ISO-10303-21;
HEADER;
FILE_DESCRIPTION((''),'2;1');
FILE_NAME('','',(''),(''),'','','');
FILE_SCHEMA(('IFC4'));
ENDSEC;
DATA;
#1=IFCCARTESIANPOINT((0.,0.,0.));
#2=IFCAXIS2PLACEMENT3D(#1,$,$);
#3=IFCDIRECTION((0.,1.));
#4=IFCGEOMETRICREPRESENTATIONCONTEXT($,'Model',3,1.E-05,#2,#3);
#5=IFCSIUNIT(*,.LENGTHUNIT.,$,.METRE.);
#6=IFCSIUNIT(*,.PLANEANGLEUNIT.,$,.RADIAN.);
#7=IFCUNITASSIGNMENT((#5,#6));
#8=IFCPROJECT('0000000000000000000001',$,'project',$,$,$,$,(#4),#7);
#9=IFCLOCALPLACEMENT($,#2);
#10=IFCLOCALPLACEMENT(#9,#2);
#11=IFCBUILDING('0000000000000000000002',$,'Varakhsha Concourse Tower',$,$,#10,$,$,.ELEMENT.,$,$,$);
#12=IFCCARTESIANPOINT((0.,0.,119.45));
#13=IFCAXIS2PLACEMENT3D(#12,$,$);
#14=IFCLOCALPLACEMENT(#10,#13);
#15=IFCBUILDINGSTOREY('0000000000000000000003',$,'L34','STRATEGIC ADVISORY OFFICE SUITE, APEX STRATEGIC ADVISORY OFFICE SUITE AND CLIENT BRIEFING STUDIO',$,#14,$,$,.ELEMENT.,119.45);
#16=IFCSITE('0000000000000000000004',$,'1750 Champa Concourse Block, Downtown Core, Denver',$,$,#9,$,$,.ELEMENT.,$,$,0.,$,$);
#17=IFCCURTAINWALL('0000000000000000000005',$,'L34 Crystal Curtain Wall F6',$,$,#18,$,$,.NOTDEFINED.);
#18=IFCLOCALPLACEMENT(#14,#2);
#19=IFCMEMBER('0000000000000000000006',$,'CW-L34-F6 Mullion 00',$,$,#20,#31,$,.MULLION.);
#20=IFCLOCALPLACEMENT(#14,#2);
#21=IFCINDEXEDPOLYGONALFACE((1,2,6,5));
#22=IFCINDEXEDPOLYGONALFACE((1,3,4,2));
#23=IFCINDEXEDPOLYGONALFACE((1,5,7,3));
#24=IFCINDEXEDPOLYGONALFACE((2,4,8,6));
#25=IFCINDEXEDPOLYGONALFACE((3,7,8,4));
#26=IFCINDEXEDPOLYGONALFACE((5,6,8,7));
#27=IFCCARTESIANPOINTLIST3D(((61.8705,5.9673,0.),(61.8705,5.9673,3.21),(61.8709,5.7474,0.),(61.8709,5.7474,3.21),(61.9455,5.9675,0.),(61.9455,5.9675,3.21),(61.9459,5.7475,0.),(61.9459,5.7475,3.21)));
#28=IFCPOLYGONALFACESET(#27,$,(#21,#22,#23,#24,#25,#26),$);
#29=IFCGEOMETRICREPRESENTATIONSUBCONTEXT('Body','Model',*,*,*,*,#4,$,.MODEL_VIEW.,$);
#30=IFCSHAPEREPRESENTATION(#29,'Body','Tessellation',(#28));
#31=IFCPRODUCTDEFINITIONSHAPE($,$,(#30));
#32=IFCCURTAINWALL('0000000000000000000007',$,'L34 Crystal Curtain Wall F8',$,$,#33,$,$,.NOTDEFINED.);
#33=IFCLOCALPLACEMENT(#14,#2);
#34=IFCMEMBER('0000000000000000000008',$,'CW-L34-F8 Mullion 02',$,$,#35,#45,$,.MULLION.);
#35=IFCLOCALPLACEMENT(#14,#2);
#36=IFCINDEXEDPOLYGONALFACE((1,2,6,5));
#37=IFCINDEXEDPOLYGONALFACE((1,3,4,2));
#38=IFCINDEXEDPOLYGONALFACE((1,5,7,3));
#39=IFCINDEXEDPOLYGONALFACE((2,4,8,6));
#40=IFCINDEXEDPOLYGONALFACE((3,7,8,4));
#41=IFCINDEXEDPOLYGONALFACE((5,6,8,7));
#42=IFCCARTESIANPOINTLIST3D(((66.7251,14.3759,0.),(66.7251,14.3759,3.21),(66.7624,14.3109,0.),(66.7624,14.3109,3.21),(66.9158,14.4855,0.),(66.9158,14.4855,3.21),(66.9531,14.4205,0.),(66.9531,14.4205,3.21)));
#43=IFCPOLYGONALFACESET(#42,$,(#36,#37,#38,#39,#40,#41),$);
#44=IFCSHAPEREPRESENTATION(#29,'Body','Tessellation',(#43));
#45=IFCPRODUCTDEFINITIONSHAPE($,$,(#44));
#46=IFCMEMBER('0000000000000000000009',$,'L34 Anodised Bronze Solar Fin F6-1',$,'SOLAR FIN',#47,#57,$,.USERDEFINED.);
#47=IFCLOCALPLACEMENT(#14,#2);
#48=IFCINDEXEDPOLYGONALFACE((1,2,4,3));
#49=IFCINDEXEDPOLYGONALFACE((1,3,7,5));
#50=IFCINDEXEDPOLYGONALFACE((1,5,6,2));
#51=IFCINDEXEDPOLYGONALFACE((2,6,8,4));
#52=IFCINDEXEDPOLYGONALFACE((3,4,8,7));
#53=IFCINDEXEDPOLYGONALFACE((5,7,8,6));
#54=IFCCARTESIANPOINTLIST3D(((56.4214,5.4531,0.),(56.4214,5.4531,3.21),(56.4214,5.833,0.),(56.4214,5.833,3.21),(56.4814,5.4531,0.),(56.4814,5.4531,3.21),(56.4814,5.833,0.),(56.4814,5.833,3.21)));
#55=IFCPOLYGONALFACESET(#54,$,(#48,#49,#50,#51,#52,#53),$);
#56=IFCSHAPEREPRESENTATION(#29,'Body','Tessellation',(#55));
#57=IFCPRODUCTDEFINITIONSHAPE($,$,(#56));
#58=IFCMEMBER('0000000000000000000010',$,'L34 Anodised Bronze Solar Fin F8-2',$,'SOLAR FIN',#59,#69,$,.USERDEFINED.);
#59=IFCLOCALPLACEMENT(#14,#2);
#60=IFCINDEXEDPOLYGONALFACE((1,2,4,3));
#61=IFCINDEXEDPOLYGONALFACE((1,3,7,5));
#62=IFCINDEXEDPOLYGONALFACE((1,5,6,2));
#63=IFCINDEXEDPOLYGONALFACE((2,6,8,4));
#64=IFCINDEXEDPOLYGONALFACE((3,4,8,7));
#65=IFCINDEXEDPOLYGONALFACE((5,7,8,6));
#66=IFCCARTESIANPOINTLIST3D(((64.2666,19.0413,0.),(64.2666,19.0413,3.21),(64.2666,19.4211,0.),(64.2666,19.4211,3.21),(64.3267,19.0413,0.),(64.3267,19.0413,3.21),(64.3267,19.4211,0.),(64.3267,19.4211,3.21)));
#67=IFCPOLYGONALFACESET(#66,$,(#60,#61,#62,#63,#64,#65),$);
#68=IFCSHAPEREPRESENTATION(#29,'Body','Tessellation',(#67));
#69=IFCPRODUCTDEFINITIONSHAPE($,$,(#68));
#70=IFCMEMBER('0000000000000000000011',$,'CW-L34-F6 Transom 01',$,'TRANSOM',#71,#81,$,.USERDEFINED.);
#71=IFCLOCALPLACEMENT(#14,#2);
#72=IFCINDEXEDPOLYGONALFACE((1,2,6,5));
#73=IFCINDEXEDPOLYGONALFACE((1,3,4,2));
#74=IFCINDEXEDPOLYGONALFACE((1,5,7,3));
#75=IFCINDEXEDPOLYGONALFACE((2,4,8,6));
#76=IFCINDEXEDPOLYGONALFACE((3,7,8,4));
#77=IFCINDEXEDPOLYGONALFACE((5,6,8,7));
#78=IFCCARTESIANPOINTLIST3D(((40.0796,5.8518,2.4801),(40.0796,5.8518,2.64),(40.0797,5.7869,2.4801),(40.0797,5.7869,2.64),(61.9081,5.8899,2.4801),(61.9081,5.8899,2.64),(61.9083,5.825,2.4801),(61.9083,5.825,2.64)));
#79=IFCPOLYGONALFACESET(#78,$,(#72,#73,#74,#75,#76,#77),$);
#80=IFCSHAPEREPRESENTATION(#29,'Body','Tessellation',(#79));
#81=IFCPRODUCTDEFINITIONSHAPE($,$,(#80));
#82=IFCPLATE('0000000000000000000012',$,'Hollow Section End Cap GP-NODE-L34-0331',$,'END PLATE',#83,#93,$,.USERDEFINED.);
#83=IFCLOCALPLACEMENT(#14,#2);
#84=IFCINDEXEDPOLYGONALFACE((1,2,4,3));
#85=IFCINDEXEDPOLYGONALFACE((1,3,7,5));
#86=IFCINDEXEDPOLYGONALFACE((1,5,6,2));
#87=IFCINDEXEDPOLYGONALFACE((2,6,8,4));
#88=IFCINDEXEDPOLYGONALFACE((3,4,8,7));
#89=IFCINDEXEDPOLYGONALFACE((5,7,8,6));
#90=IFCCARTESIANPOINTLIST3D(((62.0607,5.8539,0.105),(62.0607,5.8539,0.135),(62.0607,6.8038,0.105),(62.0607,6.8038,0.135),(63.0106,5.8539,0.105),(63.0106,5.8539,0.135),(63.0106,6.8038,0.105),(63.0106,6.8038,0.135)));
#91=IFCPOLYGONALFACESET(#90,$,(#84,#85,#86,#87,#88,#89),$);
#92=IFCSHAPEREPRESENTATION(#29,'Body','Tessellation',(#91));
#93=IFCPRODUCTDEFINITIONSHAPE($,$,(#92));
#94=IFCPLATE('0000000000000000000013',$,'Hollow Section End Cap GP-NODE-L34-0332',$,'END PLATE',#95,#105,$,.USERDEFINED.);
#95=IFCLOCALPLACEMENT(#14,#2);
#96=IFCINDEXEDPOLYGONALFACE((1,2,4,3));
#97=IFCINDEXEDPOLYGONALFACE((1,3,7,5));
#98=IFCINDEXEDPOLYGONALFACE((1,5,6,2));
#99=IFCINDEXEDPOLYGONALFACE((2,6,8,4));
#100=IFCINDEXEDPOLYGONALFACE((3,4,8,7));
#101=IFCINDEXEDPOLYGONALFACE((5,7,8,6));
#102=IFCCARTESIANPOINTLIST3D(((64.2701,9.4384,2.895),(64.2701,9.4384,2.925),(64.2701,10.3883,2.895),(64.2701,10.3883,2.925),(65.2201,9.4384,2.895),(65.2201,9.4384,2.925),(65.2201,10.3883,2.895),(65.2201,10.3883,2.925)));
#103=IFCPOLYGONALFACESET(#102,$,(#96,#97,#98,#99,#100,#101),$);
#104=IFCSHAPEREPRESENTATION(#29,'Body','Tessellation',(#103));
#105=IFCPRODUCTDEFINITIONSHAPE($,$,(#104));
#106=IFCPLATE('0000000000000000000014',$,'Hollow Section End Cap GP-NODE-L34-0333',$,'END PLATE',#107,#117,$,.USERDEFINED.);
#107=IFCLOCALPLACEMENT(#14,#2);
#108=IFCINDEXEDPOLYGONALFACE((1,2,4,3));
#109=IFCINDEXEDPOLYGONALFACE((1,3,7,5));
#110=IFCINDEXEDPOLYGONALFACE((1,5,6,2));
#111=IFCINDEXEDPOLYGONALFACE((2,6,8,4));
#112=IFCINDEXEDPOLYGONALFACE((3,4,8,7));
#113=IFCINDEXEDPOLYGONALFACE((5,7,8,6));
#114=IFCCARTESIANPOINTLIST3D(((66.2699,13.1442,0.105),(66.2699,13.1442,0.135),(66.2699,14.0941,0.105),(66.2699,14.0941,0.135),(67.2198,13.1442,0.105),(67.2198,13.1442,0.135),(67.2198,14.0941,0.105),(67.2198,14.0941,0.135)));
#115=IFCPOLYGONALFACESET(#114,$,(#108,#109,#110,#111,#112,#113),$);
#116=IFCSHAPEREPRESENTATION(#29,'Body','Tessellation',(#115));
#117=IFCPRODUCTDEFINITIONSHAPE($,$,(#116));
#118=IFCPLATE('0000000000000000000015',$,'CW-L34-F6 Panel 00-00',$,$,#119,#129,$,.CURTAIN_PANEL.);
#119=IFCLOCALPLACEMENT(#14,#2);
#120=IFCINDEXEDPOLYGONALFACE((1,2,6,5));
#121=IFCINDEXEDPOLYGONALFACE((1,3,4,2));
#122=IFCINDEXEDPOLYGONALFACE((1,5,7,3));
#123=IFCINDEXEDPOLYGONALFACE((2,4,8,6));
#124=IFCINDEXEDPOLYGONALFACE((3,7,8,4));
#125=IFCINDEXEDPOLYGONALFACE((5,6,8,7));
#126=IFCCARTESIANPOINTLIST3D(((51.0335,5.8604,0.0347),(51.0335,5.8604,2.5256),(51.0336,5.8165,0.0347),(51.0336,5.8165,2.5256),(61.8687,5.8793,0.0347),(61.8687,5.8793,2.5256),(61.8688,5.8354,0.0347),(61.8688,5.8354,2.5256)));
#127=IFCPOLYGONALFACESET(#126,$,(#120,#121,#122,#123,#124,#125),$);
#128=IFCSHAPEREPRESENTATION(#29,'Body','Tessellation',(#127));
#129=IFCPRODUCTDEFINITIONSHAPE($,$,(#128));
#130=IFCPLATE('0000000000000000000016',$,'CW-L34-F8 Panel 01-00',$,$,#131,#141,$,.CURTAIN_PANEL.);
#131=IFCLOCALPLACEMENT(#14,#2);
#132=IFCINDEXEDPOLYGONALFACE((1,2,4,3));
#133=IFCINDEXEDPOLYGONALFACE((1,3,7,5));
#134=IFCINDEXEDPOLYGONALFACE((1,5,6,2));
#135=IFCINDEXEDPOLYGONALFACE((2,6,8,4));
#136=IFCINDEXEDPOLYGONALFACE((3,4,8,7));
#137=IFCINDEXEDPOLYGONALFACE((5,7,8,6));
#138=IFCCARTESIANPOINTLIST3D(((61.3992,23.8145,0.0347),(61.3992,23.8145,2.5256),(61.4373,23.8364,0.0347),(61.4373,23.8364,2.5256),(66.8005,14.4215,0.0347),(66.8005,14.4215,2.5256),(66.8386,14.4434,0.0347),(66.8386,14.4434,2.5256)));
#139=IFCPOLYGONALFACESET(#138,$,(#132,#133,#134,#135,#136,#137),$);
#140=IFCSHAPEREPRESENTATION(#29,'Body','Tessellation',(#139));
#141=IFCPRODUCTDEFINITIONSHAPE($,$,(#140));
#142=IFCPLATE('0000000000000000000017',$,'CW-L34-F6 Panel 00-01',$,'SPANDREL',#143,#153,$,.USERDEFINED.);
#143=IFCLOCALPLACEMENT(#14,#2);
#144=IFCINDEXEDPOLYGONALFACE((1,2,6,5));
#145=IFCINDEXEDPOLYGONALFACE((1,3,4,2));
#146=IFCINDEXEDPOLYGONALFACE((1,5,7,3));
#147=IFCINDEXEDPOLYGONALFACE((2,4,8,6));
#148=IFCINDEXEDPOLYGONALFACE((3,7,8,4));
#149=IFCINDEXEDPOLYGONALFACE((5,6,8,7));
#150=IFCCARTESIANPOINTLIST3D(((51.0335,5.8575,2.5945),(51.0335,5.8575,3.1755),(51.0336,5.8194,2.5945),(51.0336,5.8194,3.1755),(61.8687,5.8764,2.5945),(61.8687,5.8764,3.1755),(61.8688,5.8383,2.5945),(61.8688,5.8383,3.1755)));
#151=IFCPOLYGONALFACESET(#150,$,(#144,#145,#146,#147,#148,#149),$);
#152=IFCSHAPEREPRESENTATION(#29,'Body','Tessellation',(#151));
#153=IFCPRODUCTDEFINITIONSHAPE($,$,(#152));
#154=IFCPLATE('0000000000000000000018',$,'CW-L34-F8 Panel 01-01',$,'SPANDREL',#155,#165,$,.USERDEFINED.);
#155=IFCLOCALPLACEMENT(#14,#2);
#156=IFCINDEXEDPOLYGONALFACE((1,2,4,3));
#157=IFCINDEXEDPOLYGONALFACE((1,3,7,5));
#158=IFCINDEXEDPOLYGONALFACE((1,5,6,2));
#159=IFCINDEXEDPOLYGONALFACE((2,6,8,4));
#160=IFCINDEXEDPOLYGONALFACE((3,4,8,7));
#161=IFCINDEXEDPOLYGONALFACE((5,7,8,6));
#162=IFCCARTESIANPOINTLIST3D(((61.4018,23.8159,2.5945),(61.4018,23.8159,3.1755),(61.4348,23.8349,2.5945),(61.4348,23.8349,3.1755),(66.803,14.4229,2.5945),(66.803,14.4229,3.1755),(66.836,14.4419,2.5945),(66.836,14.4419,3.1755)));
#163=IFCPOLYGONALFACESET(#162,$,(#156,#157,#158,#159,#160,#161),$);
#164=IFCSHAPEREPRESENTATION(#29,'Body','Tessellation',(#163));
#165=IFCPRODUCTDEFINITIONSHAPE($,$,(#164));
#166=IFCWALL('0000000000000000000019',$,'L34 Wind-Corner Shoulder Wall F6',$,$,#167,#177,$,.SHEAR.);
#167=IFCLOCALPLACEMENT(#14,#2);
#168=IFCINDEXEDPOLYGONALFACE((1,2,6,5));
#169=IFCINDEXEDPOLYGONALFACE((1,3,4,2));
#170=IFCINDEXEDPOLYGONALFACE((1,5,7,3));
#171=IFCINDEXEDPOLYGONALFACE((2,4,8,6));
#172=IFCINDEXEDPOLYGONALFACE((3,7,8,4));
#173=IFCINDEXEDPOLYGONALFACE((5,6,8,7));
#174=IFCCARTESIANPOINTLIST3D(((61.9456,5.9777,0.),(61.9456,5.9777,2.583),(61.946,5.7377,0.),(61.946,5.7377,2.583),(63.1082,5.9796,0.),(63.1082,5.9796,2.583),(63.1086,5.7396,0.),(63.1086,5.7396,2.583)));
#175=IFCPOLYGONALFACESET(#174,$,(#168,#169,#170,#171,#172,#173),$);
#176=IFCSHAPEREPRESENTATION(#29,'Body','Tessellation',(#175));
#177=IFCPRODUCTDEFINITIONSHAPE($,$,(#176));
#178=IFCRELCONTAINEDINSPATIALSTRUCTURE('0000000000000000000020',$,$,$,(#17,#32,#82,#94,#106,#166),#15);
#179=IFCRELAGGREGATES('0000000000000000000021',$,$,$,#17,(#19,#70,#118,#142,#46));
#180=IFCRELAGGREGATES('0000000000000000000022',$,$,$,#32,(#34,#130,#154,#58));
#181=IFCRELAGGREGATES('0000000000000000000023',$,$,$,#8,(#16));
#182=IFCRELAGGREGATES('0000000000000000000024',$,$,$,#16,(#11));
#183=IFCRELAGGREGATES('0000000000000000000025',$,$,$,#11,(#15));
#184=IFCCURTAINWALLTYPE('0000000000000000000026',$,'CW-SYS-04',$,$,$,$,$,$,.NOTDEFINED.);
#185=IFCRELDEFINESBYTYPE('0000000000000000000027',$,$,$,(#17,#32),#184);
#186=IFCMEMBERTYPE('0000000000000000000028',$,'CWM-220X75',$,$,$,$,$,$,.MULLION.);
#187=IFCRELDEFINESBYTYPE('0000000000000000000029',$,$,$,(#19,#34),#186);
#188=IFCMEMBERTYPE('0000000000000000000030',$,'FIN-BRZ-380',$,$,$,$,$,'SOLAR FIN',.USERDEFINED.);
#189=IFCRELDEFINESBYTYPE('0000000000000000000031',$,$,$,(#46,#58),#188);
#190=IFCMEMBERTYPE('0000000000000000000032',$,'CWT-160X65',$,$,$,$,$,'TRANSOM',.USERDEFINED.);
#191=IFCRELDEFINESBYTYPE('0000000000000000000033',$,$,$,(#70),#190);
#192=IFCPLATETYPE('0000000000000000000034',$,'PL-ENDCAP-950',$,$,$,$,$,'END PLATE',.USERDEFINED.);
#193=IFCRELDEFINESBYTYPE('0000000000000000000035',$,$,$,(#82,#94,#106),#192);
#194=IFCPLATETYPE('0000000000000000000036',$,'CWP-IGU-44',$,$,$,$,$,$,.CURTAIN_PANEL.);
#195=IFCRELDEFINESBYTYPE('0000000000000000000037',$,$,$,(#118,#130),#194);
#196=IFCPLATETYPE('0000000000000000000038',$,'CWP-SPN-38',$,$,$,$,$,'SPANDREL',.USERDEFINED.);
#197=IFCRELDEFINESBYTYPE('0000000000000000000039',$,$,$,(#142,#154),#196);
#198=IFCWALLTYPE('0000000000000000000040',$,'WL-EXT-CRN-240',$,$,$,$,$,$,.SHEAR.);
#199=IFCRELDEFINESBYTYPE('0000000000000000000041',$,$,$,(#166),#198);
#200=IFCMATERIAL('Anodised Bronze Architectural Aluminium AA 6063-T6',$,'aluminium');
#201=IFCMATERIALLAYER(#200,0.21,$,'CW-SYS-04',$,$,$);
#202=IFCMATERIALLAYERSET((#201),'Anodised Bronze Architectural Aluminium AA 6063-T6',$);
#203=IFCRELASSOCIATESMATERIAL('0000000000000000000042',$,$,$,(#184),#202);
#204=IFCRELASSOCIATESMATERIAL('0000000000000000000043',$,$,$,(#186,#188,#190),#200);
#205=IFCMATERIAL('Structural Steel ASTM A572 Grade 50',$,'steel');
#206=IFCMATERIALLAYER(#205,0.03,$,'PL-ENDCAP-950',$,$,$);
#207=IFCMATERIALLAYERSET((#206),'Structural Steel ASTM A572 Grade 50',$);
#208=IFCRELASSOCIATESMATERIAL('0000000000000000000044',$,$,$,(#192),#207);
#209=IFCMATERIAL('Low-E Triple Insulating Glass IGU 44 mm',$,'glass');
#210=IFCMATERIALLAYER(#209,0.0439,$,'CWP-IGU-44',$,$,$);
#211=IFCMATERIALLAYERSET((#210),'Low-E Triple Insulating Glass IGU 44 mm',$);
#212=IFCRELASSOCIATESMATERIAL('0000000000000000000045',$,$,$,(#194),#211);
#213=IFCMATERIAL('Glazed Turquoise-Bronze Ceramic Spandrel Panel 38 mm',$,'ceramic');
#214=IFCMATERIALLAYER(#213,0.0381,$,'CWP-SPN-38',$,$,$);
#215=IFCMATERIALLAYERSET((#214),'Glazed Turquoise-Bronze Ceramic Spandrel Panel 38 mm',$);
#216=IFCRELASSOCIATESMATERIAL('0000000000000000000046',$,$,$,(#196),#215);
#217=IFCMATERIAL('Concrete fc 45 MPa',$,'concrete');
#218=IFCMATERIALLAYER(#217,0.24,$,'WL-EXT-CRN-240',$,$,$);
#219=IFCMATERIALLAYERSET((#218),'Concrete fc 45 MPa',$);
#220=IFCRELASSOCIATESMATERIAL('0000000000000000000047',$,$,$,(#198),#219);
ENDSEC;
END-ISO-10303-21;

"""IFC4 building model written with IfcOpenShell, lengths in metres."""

from ifc_helpers import new_model, si_unit, direction, frame, frame_2d, origin, origin_2d, place, context, subcontext, project, spatial, rectangle, extrude, source, transform, mapped, material, layer, layer_set, material_profile, profile_set, type_object, type_shapes, element, aggregate, save


model = new_model("IFC4")

# Units and contexts
model_context = context("Model", 3, precision=1e-05, world=origin(), true_north=direction((0.0, 1.0)))
body_context = subcontext(model_context, "Body", "Model", "MODEL_VIEW")
ifc_project = project(units=[si_unit("LENGTHUNIT", "METRE"), si_unit("PLANEANGLEUNIT", "RADIAN")], contexts=[model_context])

# Site, building, storey
site_placement = place(None, origin())
site = spatial("IfcSite", under=ifc_project, at=site_placement, Name="1750 Champa Concourse Block, Downtown Core, Denver", CompositionType="ELEMENT", RefElevation=0.0)
building_placement = place(site_placement, origin())
building = spatial("IfcBuilding", under=site, at=building_placement, Name="Varakhsha Concourse Tower", CompositionType="ELEMENT")
storey_placement = place(building_placement, frame((0.0, 0.0, 119.45)))
storey = spatial("IfcBuildingStorey", under=building, at=storey_placement, Name="L34", Description="STRATEGIC ADVISORY OFFICE SUITE, APEX STRATEGIC ADVISORY OFFICE SUITE AND CLIENT BRIEFING STUDIO", CompositionType="ELEMENT", Elevation=119.45)

# Shared definitions
ifc_material_1 = material(Name="Structural Steel ASTM A572 Grade 50", Category="steel")

# Curtain walls, members
ifc_material_2 = material(Name="Anodised Bronze Architectural Aluminium AA 6063-T6", Category="aluminium")
ifc_layer_1 = layer(ifc_material_2, 0.21, Name="CW-SYS-04")
ifc_layer_set_1 = layer_set([ifc_layer_1], Name="Anodised Bronze Architectural Aluminium AA 6063-T6")
curtain_wall_type = type_object("IfcCurtainWallType", Name="CW-SYS-04", PredefinedType="NOTDEFINED", material=ifc_layer_set_1)
curtain_wall_1_placement = place(storey_placement, origin())
curtain_wall_1 = element("IfcCurtainWall", 1, at=curtain_wall_1_placement, inside=storey, type_object=curtain_wall_type, Name="L34 Crystal Curtain Wall F6", PredefinedType="NOTDEFINED")
ifc_material_profile_1 = material_profile(ifc_material_2, rectangle(XDim=0.075, YDim=0.22, at=origin_2d()), Name="CWM-220X75")
ifc_profile_set_1 = profile_set([ifc_material_profile_1], Name="Anodised Bronze Architectural Aluminium AA 6063-T6")
member_type_1 = type_object("IfcMemberType", Name="CWM-220X75", PredefinedType="MULLION", material=ifc_profile_set_1)
shared_shape_1 = source(origin(), body_context, "Body", "SweptSolid", [
    extrude(rectangle(XDim=0.075, YDim=0.22, at=origin_2d()), origin(), (0.0, 0.0, 1.0), 3.21),
])
type_shapes(member_type_1, [shared_shape_1])
member_1_placement = place(storey_placement, frame((61.9082, 5.8574, 0.0), z_axis=(0.0, 0.0, 1.0), x_axis=(-0.999998, -0.001745, 0.0)))
member_1 = element("IfcMember", 2, at=member_1_placement, type_object=member_type_1, Name="CW-L34-F6 Mullion 00", PredefinedType="MULLION", context=body_context, shape_type="MappedRepresentation", body=[
    mapped(shared_shape_1, transform((0.0, 0.0, 0.0), scale=1.0)),
])
curtain_wall_2_placement = place(storey_placement, origin())
curtain_wall_2 = element("IfcCurtainWall", 3, at=curtain_wall_2_placement, inside=storey, type_object=curtain_wall_type, Name="L34 Crystal Curtain Wall F8", PredefinedType="NOTDEFINED")
member_2_placement = place(storey_placement, frame((66.8391, 14.3982, 0.0), z_axis=(0.0, 0.0, 1.0), x_axis=(0.498489, -0.866896, 0.0)))
member_2 = element("IfcMember", 4, at=member_2_placement, type_object=member_type_1, Name="CW-L34-F8 Mullion 02", PredefinedType="MULLION", context=body_context, shape_type="MappedRepresentation", body=[
    mapped(shared_shape_1, transform((0.0, 0.0, 0.0), scale=1.0)),
])

# Members
ifc_material_profile_2 = material_profile(ifc_material_2, rectangle(XDim=0.0601, YDim=0.3799, at=origin_2d()), Name="FIN-BRZ-380")
ifc_profile_set_2 = profile_set([ifc_material_profile_2], Name="Anodised Bronze Architectural Aluminium AA 6063-T6")
member_type_2 = type_object("IfcMemberType", Name="FIN-BRZ-380", ElementType="SOLAR FIN", PredefinedType="USERDEFINED", material=ifc_profile_set_2)
shared_shape_2 = source(origin(), body_context, "Body", "SweptSolid", [
    extrude(rectangle(XDim=0.0601, YDim=0.3799, at=origin_2d()), origin(), (0.0, 0.0, 1.0), 3.21),
])
type_shapes(member_type_2, [shared_shape_2])
member_3_placement = place(storey_placement, frame((56.4514, 5.6431, 0.0), z_axis=(0.0, 0.0, 1.0), x_axis=(1.0, 0.0, 0.0)))
member_3 = element("IfcMember", 5, at=member_3_placement, type_object=member_type_2, Name="L34 Anodised Bronze Solar Fin F6-1", ObjectType="SOLAR FIN", PredefinedType="USERDEFINED", context=body_context, shape_type="MappedRepresentation", body=[
    mapped(shared_shape_2, transform((0.0, 0.0, 0.0), scale=1.0)),
])
member_4_placement = place(storey_placement, frame((64.2966, 19.2312, 0.0), z_axis=(0.0, 0.0, 1.0), x_axis=(1.0, 0.0, 0.0)))
member_4 = element("IfcMember", 6, at=member_4_placement, type_object=member_type_2, Name="L34 Anodised Bronze Solar Fin F8-2", ObjectType="SOLAR FIN", PredefinedType="USERDEFINED", context=body_context, shape_type="MappedRepresentation", body=[
    mapped(shared_shape_2, transform((0.0, 0.0, 0.0), scale=1.0)),
])
ifc_material_profile_3 = material_profile(ifc_material_2, rectangle(XDim=0.0649, YDim=0.1599, at=origin_2d()), Name="CWT-160X65")
ifc_profile_set_3 = profile_set([ifc_material_profile_3], Name="Anodised Bronze Architectural Aluminium AA 6063-T6")
member_type_3 = type_object("IfcMemberType", Name="CWT-160X65", ElementType="TRANSOM", PredefinedType="USERDEFINED", material=ifc_profile_set_3)
shared_shape_3 = source(origin(), body_context, "Body", "SweptSolid", [
    extrude(rectangle(XDim=0.0649, YDim=0.1599, at=origin_2d()), origin(), (0.0, 0.0, 1.0), 21.8286),
])
type_shapes(member_type_3, [shared_shape_3])
member_5_placement = place(storey_placement, frame((61.9082, 5.8574, 2.5601), z_axis=(-0.999998, -0.001745, 0.0), x_axis=(0.001745, -0.999998, 0.0)))
member_5 = element("IfcMember", 7, at=member_5_placement, type_object=member_type_3, Name="CW-L34-F6 Transom 01", ObjectType="TRANSOM", PredefinedType="USERDEFINED", context=body_context, shape_type="MappedRepresentation", body=[
    mapped(shared_shape_3, transform((0.0, 0.0, 0.0), scale=1.0)),
])

# Plates
ifc_layer_2 = layer(ifc_material_1, 0.03, Name="PL-ENDCAP-950")
ifc_layer_set_2 = layer_set([ifc_layer_2], Name="Structural Steel ASTM A572 Grade 50")
plate_type_1 = type_object("IfcPlateType", Name="PL-ENDCAP-950", ElementType="END PLATE", PredefinedType="USERDEFINED", material=ifc_layer_set_2)
shared_shape_4 = source(origin(), body_context, "Body", "SweptSolid", [
    extrude(rectangle(XDim=0.95, YDim=0.95, at=origin_2d()), origin(), (0.0, 0.0, 1.0), 0.03),
])
type_shapes(plate_type_1, [shared_shape_4])
for number, where, z_axis, x_axis, name in (
    (8, (62.5356, 6.3289, 0.105), (0.0, 0.0, 1.0), (1.0, 0.0, 0.0), "Hollow Section End Cap GP-NODE-L34-0331"),
    (9, (64.7451, 9.9133, 2.895), (0.0, 0.0, 1.0), (1.0, 0.0, 0.0), "Hollow Section End Cap GP-NODE-L34-0332"),
    (10, (66.7449, 13.6191, 0.105), (0.0, 0.0, 1.0), (1.0, 0.0, 0.0), "Hollow Section End Cap GP-NODE-L34-0333"),
):
    element("IfcPlate", number, at=place(storey_placement, frame(where, z_axis=z_axis, x_axis=x_axis)), inside=storey, type_object=plate_type_1, Name=name, ObjectType="END PLATE", PredefinedType="USERDEFINED", context=body_context, shape_type="MappedRepresentation", body=[
        mapped(shared_shape_4, transform((0.0, 0.0, 0.0), scale=1.0)),
    ])

# Plates
ifc_material_3 = material(Name="Low-E Triple Insulating Glass IGU 44 mm", Category="glass")
ifc_layer_3 = layer(ifc_material_3, 0.0439, Name="CWP-IGU-44")
ifc_layer_set_3 = layer_set([ifc_layer_3], Name="Low-E Triple Insulating Glass IGU 44 mm")
plate_type_2 = type_object("IfcPlateType", Name="CWP-IGU-44", PredefinedType="CURTAIN_PANEL", material=ifc_layer_set_3)
shared_shape_5 = source(origin(), body_context, "Body", "SweptSolid", [
    extrude(rectangle(XDim=10.8352, YDim=0.0439, at=origin_2d()), origin(), (0.0, 0.0, 1.0), 2.491),
])
type_shapes(plate_type_2, [shared_shape_5])
plate_1_placement = place(storey_placement, frame((56.4512, 5.8479, 0.0347), z_axis=(0.0, 0.0, 1.0), x_axis=(-0.999998, -0.001745, 0.0)))
plate_1 = element("IfcPlate", 11, at=plate_1_placement, type_object=plate_type_2, Name="CW-L34-F6 Panel 00-00", PredefinedType="CURTAIN_PANEL", context=body_context, shape_type="MappedRepresentation", body=[
    mapped(shared_shape_5, transform((0.0, 0.0, 0.0), scale=1.0)),
])
plate_2_placement = place(storey_placement, frame((64.1189, 19.1289, 0.0347), z_axis=(0.0, 0.0, 1.0), x_axis=(0.498489, -0.866896, 0.0)))
plate_2 = element("IfcPlate", 12, at=plate_2_placement, type_object=plate_type_2, Name="CW-L34-F8 Panel 01-00", PredefinedType="CURTAIN_PANEL", context=body_context, shape_type="MappedRepresentation", body=[
    mapped(shared_shape_5, transform((0.0, 0.0, 0.0), scale=1.0)),
])
ifc_material_4 = material(Name="Glazed Turquoise-Bronze Ceramic Spandrel Panel 38 mm", Category="ceramic")
ifc_layer_4 = layer(ifc_material_4, 0.0381, Name="CWP-SPN-38")
ifc_layer_set_4 = layer_set([ifc_layer_4], Name="Glazed Turquoise-Bronze Ceramic Spandrel Panel 38 mm")
plate_type_3 = type_object("IfcPlateType", Name="CWP-SPN-38", ElementType="SPANDREL", PredefinedType="USERDEFINED", material=ifc_layer_set_4)
shared_shape_6 = source(origin(), body_context, "Body", "SweptSolid", [
    extrude(rectangle(XDim=10.8352, YDim=0.0381, at=origin_2d()), origin(), (0.0, 0.0, 1.0), 0.5811),
])
type_shapes(plate_type_3, [shared_shape_6])
plate_3_placement = place(storey_placement, frame((56.4512, 5.8479, 2.5945), z_axis=(0.0, 0.0, 1.0), x_axis=(-0.999998, -0.001745, 0.0)))
plate_3 = element("IfcPlate", 13, at=plate_3_placement, type_object=plate_type_3, Name="CW-L34-F6 Panel 00-01", ObjectType="SPANDREL", PredefinedType="USERDEFINED", context=body_context, shape_type="MappedRepresentation", body=[
    mapped(shared_shape_6, transform((0.0, 0.0, 0.0), scale=1.0)),
])
aggregate(curtain_wall_1, [member_1, member_5, plate_1, plate_3, member_3])
plate_4_placement = place(storey_placement, frame((64.1189, 19.1289, 2.5945), z_axis=(0.0, 0.0, 1.0), x_axis=(0.498489, -0.866896, 0.0)))
plate_4 = element("IfcPlate", 14, at=plate_4_placement, type_object=plate_type_3, Name="CW-L34-F8 Panel 01-01", ObjectType="SPANDREL", PredefinedType="USERDEFINED", context=body_context, shape_type="MappedRepresentation", body=[
    mapped(shared_shape_6, transform((0.0, 0.0, 0.0), scale=1.0)),
])
aggregate(curtain_wall_2, [member_2, plate_2, plate_4, member_4])

# Wall
ifc_material_5 = material(Name="Concrete fc 45 MPa", Category="concrete")
ifc_layer_5 = layer(ifc_material_5, 0.24, Name="WL-EXT-CRN-240")
ifc_layer_set_5 = layer_set([ifc_layer_5], Name="Concrete fc 45 MPa")
wall_type = type_object("IfcWallType", Name="WL-EXT-CRN-240", PredefinedType="SHEAR", material=ifc_layer_set_5)
wall_1_placement = place(storey_placement, frame((61.9458, 5.8577, 0.0), z_axis=(0.0, 0.0, 1.0), x_axis=(0.999999, 0.00168, 0.0)))
element("IfcWall", 15, at=wall_1_placement, inside=storey, type_object=wall_type, Name="L34 Wind-Corner Shoulder Wall F6", PredefinedType="SHEAR", context=body_context, shape_type="SweptSolid", body=[
    extrude(rectangle(XDim=1.1626, YDim=0.24, at=frame_2d((0.5813, 0.0))), origin(), (0.0, 0.0, 1.0), 2.583),
])

save(model, "model.ifc")
